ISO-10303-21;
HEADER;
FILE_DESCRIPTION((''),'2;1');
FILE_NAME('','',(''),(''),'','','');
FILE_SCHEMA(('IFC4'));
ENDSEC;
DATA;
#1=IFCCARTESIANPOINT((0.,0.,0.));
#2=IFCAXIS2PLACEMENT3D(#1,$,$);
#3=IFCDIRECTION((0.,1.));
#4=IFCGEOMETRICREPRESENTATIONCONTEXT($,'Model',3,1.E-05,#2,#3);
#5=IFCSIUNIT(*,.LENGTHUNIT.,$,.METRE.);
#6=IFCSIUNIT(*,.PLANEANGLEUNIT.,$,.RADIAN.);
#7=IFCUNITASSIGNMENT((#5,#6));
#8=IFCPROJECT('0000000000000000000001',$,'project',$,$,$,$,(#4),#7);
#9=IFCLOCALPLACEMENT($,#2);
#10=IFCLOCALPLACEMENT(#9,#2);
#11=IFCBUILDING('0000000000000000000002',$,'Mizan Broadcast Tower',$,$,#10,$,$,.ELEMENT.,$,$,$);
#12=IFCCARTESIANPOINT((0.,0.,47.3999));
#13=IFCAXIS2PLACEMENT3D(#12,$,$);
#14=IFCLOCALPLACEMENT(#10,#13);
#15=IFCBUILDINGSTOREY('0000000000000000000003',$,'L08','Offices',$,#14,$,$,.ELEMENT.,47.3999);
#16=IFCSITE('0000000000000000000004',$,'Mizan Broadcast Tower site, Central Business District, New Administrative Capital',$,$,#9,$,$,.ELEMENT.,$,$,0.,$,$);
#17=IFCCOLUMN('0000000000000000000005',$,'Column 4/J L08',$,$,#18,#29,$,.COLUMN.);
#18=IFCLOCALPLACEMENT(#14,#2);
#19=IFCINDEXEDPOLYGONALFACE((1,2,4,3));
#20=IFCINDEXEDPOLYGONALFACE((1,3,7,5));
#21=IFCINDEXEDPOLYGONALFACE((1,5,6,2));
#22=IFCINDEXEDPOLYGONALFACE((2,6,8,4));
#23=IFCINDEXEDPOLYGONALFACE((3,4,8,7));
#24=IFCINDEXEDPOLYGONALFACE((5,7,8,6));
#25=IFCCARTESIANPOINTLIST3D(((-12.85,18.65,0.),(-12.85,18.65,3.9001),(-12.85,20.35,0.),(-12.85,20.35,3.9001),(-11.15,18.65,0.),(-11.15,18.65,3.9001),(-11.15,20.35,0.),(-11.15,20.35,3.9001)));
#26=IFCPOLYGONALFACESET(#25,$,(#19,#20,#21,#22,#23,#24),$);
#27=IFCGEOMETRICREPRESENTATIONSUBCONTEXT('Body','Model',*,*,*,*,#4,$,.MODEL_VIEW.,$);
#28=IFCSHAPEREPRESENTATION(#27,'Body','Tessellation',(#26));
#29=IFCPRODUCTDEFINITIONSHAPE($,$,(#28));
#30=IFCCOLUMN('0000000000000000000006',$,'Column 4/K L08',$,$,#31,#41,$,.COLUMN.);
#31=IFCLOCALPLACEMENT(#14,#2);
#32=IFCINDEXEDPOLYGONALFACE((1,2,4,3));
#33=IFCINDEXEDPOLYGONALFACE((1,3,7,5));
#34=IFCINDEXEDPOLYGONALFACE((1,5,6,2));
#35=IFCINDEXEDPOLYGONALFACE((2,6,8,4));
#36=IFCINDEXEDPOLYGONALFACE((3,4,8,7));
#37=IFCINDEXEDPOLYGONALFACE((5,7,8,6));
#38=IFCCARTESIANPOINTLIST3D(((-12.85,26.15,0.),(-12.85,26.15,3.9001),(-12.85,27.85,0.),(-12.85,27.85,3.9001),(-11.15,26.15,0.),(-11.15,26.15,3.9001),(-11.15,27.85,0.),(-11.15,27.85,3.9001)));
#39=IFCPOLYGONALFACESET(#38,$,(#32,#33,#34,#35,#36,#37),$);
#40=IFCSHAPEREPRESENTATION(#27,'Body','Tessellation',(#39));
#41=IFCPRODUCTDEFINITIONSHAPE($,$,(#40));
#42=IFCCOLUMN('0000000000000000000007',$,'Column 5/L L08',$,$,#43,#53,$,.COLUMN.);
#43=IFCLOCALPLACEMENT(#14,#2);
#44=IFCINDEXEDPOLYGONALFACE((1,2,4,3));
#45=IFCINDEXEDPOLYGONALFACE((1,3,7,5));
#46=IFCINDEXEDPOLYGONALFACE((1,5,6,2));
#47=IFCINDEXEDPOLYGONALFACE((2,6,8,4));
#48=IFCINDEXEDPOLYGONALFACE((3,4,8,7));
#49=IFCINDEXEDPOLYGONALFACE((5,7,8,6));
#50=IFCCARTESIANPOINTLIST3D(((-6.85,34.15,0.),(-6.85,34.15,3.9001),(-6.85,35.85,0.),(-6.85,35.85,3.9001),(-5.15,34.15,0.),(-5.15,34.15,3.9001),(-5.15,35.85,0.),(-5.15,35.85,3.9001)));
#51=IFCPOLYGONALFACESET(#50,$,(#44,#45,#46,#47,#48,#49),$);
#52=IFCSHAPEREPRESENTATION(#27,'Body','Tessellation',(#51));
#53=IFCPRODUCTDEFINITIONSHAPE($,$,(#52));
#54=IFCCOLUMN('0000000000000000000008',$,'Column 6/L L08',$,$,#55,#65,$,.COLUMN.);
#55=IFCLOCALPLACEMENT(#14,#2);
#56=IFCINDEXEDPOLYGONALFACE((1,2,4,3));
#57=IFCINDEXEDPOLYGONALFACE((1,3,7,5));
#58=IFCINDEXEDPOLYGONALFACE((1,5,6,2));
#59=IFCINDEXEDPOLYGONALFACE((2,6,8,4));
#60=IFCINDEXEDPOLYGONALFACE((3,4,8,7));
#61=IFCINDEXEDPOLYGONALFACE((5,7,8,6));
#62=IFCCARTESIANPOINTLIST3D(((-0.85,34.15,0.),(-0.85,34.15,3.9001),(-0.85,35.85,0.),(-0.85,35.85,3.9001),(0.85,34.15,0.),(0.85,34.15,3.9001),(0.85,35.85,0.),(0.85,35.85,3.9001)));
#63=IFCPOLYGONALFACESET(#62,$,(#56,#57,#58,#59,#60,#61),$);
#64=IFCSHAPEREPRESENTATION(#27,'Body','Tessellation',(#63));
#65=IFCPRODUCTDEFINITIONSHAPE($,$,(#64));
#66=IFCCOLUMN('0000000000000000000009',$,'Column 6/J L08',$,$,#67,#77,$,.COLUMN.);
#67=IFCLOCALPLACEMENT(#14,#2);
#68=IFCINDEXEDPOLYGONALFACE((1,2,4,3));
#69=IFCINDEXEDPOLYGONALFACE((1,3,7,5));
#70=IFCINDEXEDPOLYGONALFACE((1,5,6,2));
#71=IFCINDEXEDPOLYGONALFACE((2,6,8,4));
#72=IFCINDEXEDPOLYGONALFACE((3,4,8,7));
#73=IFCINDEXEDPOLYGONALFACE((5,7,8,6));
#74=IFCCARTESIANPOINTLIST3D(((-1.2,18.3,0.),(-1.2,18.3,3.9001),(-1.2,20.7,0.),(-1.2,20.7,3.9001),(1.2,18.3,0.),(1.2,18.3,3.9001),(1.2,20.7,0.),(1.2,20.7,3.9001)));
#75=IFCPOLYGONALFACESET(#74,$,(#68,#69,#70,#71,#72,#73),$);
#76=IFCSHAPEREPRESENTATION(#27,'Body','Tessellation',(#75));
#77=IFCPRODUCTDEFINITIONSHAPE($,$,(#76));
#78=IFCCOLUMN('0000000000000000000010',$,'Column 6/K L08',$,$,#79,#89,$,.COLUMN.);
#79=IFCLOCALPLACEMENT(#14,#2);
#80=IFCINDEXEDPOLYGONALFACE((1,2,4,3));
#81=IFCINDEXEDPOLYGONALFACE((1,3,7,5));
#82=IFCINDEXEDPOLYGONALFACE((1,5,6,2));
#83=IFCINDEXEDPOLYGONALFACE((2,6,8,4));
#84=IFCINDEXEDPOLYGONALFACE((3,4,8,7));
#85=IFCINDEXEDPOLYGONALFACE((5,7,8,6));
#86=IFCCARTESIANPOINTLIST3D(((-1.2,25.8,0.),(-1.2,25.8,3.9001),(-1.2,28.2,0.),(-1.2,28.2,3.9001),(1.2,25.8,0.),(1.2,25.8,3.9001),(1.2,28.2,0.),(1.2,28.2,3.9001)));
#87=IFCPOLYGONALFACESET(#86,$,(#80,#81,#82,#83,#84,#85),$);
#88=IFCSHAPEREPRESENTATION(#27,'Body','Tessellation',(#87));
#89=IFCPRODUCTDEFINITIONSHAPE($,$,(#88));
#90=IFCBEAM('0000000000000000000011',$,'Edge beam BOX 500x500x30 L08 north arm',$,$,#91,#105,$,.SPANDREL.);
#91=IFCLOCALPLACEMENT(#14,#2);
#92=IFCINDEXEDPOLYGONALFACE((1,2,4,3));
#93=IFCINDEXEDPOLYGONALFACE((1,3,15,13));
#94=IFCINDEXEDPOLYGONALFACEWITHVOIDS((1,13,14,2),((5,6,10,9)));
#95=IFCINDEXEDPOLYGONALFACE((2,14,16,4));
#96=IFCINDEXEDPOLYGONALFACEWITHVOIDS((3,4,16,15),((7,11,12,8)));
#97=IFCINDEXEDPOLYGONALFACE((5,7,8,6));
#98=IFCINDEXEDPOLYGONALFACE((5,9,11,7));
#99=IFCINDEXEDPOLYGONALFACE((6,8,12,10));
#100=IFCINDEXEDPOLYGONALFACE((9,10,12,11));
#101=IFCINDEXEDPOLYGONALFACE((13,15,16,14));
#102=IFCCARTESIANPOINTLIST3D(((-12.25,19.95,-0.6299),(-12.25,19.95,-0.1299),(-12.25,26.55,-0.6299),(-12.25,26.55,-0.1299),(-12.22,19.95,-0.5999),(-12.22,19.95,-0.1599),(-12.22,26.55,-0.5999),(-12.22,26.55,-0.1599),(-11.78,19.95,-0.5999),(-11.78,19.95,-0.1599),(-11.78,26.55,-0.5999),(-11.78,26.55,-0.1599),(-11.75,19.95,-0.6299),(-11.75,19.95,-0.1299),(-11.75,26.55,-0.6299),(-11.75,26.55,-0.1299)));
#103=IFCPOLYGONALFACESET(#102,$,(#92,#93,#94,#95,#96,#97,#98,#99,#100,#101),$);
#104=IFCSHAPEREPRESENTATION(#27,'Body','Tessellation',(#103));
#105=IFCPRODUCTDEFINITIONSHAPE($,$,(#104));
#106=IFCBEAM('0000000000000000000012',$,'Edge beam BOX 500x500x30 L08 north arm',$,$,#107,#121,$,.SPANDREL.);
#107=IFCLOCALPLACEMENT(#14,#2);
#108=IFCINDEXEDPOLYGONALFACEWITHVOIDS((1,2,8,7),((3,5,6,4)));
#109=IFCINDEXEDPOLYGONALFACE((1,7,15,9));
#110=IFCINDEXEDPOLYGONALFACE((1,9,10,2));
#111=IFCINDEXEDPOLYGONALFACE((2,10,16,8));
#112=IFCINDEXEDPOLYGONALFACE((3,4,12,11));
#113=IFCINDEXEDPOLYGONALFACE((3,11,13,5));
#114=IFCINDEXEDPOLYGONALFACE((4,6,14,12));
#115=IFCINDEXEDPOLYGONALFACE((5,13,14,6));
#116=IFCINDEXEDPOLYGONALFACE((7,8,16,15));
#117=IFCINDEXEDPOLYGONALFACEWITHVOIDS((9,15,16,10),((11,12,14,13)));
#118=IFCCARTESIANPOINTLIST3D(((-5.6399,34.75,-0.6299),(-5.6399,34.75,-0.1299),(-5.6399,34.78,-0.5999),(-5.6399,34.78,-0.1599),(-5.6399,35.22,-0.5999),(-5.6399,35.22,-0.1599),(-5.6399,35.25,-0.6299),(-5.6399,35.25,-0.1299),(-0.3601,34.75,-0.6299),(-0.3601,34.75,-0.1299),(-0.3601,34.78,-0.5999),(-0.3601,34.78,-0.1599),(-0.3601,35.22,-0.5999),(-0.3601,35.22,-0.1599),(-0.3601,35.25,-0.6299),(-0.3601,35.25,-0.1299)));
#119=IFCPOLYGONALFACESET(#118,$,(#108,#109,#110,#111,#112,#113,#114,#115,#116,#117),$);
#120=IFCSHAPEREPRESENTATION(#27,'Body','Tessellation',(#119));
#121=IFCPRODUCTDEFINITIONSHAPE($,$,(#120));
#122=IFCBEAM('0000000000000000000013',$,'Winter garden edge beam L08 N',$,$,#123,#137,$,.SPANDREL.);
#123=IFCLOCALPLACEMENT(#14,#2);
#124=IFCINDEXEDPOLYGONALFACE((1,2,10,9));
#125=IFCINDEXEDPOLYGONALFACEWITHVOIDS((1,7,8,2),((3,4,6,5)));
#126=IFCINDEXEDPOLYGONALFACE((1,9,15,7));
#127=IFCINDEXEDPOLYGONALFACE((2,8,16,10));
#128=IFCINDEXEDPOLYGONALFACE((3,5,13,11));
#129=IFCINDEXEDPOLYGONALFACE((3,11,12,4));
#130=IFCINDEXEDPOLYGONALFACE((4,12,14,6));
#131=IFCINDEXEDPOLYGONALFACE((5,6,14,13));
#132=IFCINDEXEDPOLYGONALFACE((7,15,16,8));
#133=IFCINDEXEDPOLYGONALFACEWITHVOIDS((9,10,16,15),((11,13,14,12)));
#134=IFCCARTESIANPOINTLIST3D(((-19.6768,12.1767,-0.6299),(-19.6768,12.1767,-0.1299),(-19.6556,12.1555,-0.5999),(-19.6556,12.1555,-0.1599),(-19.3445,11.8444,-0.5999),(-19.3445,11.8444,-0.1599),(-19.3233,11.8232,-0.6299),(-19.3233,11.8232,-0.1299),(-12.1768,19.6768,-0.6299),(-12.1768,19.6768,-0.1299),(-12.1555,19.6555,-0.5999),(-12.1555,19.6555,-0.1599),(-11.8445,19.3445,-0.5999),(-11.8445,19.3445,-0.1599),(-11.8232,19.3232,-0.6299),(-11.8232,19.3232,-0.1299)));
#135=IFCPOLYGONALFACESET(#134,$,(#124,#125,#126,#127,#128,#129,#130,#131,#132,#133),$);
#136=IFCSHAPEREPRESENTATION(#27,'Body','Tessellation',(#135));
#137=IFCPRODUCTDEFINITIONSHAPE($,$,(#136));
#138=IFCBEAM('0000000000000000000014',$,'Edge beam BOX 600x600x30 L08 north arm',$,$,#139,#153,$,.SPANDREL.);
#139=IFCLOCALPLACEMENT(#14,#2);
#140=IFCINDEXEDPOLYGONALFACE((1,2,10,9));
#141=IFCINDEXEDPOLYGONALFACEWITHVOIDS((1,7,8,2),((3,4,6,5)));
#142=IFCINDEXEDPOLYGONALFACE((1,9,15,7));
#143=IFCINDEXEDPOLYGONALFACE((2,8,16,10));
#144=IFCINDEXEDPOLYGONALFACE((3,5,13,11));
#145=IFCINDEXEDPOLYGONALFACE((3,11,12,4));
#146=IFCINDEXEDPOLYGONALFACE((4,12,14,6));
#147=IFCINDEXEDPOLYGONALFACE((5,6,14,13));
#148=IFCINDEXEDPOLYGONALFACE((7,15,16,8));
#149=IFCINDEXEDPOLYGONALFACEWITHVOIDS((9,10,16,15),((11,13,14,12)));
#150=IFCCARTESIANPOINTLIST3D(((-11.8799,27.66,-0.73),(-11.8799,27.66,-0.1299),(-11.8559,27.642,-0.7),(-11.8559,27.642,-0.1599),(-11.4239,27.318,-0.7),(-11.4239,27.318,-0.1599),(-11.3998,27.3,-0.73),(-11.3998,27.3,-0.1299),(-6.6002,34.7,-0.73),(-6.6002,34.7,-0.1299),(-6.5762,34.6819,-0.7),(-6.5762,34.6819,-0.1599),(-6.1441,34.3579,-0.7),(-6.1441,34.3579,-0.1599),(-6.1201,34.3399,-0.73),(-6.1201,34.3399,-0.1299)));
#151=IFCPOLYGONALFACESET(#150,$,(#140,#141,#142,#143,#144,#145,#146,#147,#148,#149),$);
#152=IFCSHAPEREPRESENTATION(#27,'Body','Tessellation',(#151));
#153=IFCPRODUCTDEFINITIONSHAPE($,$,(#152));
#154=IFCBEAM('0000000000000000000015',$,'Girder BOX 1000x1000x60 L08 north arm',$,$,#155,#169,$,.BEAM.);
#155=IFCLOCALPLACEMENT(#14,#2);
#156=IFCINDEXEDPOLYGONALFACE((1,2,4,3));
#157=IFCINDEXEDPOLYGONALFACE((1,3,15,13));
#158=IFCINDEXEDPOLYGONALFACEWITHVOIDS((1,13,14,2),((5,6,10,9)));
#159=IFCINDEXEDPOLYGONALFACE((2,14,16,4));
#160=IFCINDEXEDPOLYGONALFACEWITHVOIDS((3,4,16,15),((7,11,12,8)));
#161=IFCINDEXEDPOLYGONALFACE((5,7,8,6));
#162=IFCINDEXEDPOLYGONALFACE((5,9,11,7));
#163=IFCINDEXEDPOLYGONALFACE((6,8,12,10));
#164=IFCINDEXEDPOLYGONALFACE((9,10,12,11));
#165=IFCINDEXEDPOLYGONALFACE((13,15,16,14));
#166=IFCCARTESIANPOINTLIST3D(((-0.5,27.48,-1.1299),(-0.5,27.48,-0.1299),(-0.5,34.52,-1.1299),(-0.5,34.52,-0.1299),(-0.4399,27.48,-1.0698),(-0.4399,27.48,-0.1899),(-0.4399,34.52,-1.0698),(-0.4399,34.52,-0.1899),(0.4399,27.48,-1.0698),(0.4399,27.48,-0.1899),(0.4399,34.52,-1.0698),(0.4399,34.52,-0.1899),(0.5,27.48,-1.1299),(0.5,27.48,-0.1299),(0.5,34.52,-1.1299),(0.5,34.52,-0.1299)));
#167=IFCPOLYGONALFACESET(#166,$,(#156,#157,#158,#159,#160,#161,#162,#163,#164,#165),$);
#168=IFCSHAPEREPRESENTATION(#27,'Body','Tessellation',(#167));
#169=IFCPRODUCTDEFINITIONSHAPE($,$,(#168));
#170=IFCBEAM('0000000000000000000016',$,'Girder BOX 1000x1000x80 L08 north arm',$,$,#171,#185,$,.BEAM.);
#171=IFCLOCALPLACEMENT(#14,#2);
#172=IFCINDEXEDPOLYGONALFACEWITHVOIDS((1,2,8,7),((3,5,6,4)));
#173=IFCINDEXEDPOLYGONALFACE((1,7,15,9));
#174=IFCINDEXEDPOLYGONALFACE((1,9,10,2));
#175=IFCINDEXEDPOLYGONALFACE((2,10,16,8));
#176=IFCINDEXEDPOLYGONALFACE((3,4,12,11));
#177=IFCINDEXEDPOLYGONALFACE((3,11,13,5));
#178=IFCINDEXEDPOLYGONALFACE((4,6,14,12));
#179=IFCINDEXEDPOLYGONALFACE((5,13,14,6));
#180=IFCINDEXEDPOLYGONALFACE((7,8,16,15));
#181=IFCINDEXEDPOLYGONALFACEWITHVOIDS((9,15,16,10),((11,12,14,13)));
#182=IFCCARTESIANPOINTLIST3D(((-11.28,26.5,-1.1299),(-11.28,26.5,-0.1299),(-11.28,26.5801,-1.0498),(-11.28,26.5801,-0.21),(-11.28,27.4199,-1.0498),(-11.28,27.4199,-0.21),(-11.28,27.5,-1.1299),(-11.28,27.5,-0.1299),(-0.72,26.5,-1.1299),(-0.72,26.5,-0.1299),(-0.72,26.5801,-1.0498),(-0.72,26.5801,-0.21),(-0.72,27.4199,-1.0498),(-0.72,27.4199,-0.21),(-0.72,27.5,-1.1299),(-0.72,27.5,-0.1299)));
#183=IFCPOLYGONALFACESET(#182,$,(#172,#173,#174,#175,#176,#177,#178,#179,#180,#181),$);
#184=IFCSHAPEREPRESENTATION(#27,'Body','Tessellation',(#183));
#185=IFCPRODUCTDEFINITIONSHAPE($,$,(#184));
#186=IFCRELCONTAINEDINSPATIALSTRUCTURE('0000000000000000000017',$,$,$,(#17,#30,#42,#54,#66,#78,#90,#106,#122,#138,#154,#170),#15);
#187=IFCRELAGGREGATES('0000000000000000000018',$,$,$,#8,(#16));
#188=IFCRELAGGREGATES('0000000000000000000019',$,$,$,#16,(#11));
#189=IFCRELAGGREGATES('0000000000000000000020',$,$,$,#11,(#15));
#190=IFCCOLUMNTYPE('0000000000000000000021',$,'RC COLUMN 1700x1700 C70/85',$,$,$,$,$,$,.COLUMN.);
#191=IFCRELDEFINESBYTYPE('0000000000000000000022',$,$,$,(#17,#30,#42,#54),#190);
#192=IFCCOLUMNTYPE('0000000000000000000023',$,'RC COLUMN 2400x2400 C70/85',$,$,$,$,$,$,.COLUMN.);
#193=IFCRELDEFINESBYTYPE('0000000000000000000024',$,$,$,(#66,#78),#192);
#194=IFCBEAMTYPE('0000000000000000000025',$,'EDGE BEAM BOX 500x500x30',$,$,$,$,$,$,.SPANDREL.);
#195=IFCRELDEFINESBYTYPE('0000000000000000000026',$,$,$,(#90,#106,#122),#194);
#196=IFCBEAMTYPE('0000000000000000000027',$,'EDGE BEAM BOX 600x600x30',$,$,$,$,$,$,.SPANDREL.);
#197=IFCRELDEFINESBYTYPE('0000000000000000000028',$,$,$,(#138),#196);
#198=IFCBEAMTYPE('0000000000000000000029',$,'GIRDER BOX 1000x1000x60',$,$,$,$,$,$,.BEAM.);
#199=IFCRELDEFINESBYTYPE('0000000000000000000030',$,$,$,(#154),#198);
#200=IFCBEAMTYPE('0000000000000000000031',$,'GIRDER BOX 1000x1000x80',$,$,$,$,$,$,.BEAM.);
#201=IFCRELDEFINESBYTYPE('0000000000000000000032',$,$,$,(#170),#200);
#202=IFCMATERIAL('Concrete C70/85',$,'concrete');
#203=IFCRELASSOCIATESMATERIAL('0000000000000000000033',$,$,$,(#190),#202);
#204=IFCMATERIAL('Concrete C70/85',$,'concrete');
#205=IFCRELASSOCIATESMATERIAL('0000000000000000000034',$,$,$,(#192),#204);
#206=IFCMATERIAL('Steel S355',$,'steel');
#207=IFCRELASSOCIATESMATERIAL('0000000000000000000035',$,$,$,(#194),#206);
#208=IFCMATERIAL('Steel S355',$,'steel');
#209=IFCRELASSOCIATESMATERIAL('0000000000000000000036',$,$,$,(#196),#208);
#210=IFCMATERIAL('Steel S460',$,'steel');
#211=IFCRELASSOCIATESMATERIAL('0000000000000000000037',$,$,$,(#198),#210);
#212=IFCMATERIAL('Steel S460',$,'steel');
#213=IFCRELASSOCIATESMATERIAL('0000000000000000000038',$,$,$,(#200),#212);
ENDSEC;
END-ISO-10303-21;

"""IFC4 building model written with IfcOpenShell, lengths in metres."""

from ifc_helpers import new_model, si_unit, direction, frame, origin, origin_2d, place, context, subcontext, project, spatial, rectangle, hollow_rectangle, extrude, material, material_profile, profile_set, type_object, element, save


model = new_model("IFC4")

# Units and contexts
model_context = context("Model", 3, precision=1e-05, world=origin(), true_north=direction((0.0, 1.0)))
body_context = subcontext(model_context, "Body", "Model", "MODEL_VIEW")
ifc_project = project(units=[si_unit("LENGTHUNIT", "METRE"), si_unit("PLANEANGLEUNIT", "RADIAN")], contexts=[model_context])

# Site, building, storey
site_placement = place(None, origin())
site = spatial("IfcSite", under=ifc_project, at=site_placement, Name="Mizan Broadcast Tower site, Central Business District, New Administrative Capital", CompositionType="ELEMENT", RefElevation=0.0)
building_placement = place(site_placement, origin())
building = spatial("IfcBuilding", under=site, at=building_placement, Name="Mizan Broadcast Tower", CompositionType="ELEMENT")
storey_placement = place(building_placement, frame((0.0, 0.0, 47.3999)))
storey = spatial("IfcBuildingStorey", under=building, at=storey_placement, Name="L08", Description="Offices", CompositionType="ELEMENT", Elevation=47.3999)

# Columns
ifc_material_1 = material(Name="Concrete C70/85", Category="concrete")
ifc_material_profile_1 = material_profile(ifc_material_1, rectangle(XDim=1.7, YDim=1.7, at=origin_2d()), Name="RC 1700x1700")
ifc_profile_set_1 = profile_set([ifc_material_profile_1], Name="Concrete C70/85")
column_type_1 = type_object("IfcColumnType", Name="RC COLUMN 1700x1700 C70/85", PredefinedType="COLUMN", material=ifc_profile_set_1)
for number, where, z_axis, x_axis, name in (
    (1, (-12.0, 19.5, 0.0), (0.0, 0.0, 1.0), (1.0, 0.0, 0.0), "Column 4/J L08"),
    (2, (-12.0, 27.0, 0.0), (0.0, 0.0, 1.0), (1.0, 0.0, 0.0), "Column 4/K L08"),
    (3, (-6.0, 35.0, 0.0), (0.0, 0.0, 1.0), (1.0, 0.0, 0.0), "Column 5/L L08"),
    (4, (0.0, 35.0, 0.0), (0.0, 0.0, 1.0), (1.0, 0.0, 0.0), "Column 6/L L08"),
):
    element("IfcColumn", number, at=place(storey_placement, frame(where, z_axis=z_axis, x_axis=x_axis)), inside=storey, type_object=column_type_1, Name=name, PredefinedType="COLUMN", context=body_context, shape_type="SweptSolid", body=[
        extrude(rectangle(XDim=1.7, YDim=1.7, at=origin_2d()), origin(), (0.0, 0.0, 1.0), 3.9001),
    ])
ifc_material_2 = material(Name="Concrete C70/85", Category="concrete")
ifc_material_profile_2 = material_profile(ifc_material_2, rectangle(XDim=2.3999, YDim=2.3999, at=origin_2d()), Name="RC 2400x2400")
ifc_profile_set_2 = profile_set([ifc_material_profile_2], Name="Concrete C70/85")
column_type_2 = type_object("IfcColumnType", Name="RC COLUMN 2400x2400 C70/85", PredefinedType="COLUMN", material=ifc_profile_set_2)
for number, where, z_axis, x_axis, name in (
    (5, (0.0, 19.5, 0.0), (0.0, 0.0, 1.0), (1.0, 0.0, 0.0), "Column 6/J L08"),
    (6, (0.0, 27.0, 0.0), (0.0, 0.0, 1.0), (1.0, 0.0, 0.0), "Column 6/K L08"),
):
    element("IfcColumn", number, at=place(storey_placement, frame(where, z_axis=z_axis, x_axis=x_axis)), inside=storey, type_object=column_type_2, Name=name, PredefinedType="COLUMN", context=body_context, shape_type="SweptSolid", body=[
        extrude(rectangle(XDim=2.3999, YDim=2.3999, at=origin_2d()), origin(), (0.0, 0.0, 1.0), 3.9001),
    ])

# Beams
ifc_material_3 = material(Name="Steel S355", Category="steel")
ifc_material_profile_3 = material_profile(ifc_material_3, hollow_rectangle(XDim=0.5, YDim=0.5, WallThickness=0.03, at=origin_2d()), Name="BOX 500x500x30")
ifc_profile_set_3 = profile_set([ifc_material_profile_3], Name="Steel S355")
beam_type_1 = type_object("IfcBeamType", Name="EDGE BEAM BOX 500x500x30", PredefinedType="SPANDREL", material=ifc_profile_set_3)
beam_1_placement = place(storey_placement, frame((-12.0, 19.95, -0.3799), z_axis=(0.0, 1.0, 0.0), x_axis=(-1.0, 0.0, 0.0)))
element("IfcBeam", 7, at=beam_1_placement, inside=storey, type_object=beam_type_1, Name="Edge beam BOX 500x500x30 L08 north arm", PredefinedType="SPANDREL", context=body_context, shape_type="SweptSolid", body=[
    extrude(hollow_rectangle(XDim=0.5, YDim=0.5, WallThickness=0.03, at=origin_2d()), origin(), (0.0, 0.0, 1.0), 6.6001),
])
beam_2_placement = place(storey_placement, frame((-5.6399, 35.0, -0.3799), z_axis=(1.0, 0.0, 0.0), x_axis=(0.0, 1.0, 0.0)))
element("IfcBeam", 8, at=beam_2_placement, inside=storey, type_object=beam_type_1, Name="Edge beam BOX 500x500x30 L08 north arm", PredefinedType="SPANDREL", context=body_context, shape_type="SweptSolid", body=[
    extrude(hollow_rectangle(XDim=0.5, YDim=0.5, WallThickness=0.03, at=origin_2d()), origin(), (0.0, 0.0, 1.0), 5.2798),
])
beam_3_placement = place(storey_placement, frame((-12.0, 19.5, -0.3799), z_axis=(-0.707107, -0.707107, 0.0), x_axis=(0.707107, -0.707107, 0.0)))
element("IfcBeam", 9, at=beam_3_placement, inside=storey, type_object=beam_type_1, Name="Winter garden edge beam L08 N", PredefinedType="SPANDREL", context=body_context, shape_type="SweptSolid", body=[
    extrude(hollow_rectangle(XDim=0.5, YDim=0.5, WallThickness=0.03, at=origin_2d()), origin(), (0.0, 0.0, 1.0), 10.6067),
])
ifc_material_4 = material(Name="Steel S355", Category="steel")
ifc_material_profile_4 = material_profile(ifc_material_4, hollow_rectangle(XDim=0.6001, YDim=0.6001, WallThickness=0.03, at=origin_2d()), Name="BOX 600x600x30")
ifc_profile_set_4 = profile_set([ifc_material_profile_4], Name="Steel S355")
beam_type_2 = type_object("IfcBeamType", Name="EDGE BEAM BOX 600x600x30", PredefinedType="SPANDREL", material=ifc_profile_set_4)
beam_4_placement = place(storey_placement, frame((-11.6399, 27.48, -0.4299), z_axis=(0.599982, 0.800013, 0.0), x_axis=(-0.800013, 0.599982, 0.0)))
element("IfcBeam", 10, at=beam_4_placement, inside=storey, type_object=beam_type_2, Name="Edge beam BOX 600x600x30 L08 north arm", PredefinedType="SPANDREL", context=body_context, shape_type="SweptSolid", body=[
    extrude(hollow_rectangle(XDim=0.6001, YDim=0.6001, WallThickness=0.03, at=origin_2d()), origin(), (0.0, 0.0, 1.0), 8.7998),
])
ifc_material_5 = material(Name="Steel S460", Category="steel")
ifc_material_profile_5 = material_profile(ifc_material_5, hollow_rectangle(XDim=1.0, YDim=1.0, WallThickness=0.0601, at=origin_2d()), Name="BOX 1000x1000x60")
ifc_profile_set_5 = profile_set([ifc_material_profile_5], Name="Steel S460")
beam_type_3 = type_object("IfcBeamType", Name="GIRDER BOX 1000x1000x60", PredefinedType="BEAM", material=ifc_profile_set_5)
beam_5_placement = place(storey_placement, frame((0.0, 27.48, -0.6299), z_axis=(0.0, 1.0, 0.0), x_axis=(-1.0, 0.0, 0.0)))
element("IfcBeam", 11, at=beam_5_placement, inside=storey, type_object=beam_type_3, Name="Girder BOX 1000x1000x60 L08 north arm", PredefinedType="BEAM", context=body_context, shape_type="SweptSolid", body=[
    extrude(hollow_rectangle(XDim=1.0, YDim=1.0, WallThickness=0.0601, at=origin_2d()), origin(), (0.0, 0.0, 1.0), 7.04),
])
ifc_material_6 = material(Name="Steel S460", Category="steel")
ifc_material_profile_6 = material_profile(ifc_material_6, hollow_rectangle(XDim=1.0, YDim=1.0, WallThickness=0.0801, at=origin_2d()), Name="BOX 1000x1000x80")
ifc_profile_set_6 = profile_set([ifc_material_profile_6], Name="Steel S460")
beam_type_4 = type_object("IfcBeamType", Name="GIRDER BOX 1000x1000x80", PredefinedType="BEAM", material=ifc_profile_set_6)
beam_6_placement = place(storey_placement, frame((-11.28, 27.0, -0.6299), z_axis=(1.0, 0.0, 0.0), x_axis=(0.0, 1.0, 0.0)))
element("IfcBeam", 12, at=beam_6_placement, inside=storey, type_object=beam_type_4, Name="Girder BOX 1000x1000x80 L08 north arm", PredefinedType="BEAM", context=body_context, shape_type="SweptSolid", body=[
    extrude(hollow_rectangle(XDim=1.0, YDim=1.0, WallThickness=0.0801, at=origin_2d()), origin(), (0.0, 0.0, 1.0), 10.5601),
])

save(model, "model.ifc")
